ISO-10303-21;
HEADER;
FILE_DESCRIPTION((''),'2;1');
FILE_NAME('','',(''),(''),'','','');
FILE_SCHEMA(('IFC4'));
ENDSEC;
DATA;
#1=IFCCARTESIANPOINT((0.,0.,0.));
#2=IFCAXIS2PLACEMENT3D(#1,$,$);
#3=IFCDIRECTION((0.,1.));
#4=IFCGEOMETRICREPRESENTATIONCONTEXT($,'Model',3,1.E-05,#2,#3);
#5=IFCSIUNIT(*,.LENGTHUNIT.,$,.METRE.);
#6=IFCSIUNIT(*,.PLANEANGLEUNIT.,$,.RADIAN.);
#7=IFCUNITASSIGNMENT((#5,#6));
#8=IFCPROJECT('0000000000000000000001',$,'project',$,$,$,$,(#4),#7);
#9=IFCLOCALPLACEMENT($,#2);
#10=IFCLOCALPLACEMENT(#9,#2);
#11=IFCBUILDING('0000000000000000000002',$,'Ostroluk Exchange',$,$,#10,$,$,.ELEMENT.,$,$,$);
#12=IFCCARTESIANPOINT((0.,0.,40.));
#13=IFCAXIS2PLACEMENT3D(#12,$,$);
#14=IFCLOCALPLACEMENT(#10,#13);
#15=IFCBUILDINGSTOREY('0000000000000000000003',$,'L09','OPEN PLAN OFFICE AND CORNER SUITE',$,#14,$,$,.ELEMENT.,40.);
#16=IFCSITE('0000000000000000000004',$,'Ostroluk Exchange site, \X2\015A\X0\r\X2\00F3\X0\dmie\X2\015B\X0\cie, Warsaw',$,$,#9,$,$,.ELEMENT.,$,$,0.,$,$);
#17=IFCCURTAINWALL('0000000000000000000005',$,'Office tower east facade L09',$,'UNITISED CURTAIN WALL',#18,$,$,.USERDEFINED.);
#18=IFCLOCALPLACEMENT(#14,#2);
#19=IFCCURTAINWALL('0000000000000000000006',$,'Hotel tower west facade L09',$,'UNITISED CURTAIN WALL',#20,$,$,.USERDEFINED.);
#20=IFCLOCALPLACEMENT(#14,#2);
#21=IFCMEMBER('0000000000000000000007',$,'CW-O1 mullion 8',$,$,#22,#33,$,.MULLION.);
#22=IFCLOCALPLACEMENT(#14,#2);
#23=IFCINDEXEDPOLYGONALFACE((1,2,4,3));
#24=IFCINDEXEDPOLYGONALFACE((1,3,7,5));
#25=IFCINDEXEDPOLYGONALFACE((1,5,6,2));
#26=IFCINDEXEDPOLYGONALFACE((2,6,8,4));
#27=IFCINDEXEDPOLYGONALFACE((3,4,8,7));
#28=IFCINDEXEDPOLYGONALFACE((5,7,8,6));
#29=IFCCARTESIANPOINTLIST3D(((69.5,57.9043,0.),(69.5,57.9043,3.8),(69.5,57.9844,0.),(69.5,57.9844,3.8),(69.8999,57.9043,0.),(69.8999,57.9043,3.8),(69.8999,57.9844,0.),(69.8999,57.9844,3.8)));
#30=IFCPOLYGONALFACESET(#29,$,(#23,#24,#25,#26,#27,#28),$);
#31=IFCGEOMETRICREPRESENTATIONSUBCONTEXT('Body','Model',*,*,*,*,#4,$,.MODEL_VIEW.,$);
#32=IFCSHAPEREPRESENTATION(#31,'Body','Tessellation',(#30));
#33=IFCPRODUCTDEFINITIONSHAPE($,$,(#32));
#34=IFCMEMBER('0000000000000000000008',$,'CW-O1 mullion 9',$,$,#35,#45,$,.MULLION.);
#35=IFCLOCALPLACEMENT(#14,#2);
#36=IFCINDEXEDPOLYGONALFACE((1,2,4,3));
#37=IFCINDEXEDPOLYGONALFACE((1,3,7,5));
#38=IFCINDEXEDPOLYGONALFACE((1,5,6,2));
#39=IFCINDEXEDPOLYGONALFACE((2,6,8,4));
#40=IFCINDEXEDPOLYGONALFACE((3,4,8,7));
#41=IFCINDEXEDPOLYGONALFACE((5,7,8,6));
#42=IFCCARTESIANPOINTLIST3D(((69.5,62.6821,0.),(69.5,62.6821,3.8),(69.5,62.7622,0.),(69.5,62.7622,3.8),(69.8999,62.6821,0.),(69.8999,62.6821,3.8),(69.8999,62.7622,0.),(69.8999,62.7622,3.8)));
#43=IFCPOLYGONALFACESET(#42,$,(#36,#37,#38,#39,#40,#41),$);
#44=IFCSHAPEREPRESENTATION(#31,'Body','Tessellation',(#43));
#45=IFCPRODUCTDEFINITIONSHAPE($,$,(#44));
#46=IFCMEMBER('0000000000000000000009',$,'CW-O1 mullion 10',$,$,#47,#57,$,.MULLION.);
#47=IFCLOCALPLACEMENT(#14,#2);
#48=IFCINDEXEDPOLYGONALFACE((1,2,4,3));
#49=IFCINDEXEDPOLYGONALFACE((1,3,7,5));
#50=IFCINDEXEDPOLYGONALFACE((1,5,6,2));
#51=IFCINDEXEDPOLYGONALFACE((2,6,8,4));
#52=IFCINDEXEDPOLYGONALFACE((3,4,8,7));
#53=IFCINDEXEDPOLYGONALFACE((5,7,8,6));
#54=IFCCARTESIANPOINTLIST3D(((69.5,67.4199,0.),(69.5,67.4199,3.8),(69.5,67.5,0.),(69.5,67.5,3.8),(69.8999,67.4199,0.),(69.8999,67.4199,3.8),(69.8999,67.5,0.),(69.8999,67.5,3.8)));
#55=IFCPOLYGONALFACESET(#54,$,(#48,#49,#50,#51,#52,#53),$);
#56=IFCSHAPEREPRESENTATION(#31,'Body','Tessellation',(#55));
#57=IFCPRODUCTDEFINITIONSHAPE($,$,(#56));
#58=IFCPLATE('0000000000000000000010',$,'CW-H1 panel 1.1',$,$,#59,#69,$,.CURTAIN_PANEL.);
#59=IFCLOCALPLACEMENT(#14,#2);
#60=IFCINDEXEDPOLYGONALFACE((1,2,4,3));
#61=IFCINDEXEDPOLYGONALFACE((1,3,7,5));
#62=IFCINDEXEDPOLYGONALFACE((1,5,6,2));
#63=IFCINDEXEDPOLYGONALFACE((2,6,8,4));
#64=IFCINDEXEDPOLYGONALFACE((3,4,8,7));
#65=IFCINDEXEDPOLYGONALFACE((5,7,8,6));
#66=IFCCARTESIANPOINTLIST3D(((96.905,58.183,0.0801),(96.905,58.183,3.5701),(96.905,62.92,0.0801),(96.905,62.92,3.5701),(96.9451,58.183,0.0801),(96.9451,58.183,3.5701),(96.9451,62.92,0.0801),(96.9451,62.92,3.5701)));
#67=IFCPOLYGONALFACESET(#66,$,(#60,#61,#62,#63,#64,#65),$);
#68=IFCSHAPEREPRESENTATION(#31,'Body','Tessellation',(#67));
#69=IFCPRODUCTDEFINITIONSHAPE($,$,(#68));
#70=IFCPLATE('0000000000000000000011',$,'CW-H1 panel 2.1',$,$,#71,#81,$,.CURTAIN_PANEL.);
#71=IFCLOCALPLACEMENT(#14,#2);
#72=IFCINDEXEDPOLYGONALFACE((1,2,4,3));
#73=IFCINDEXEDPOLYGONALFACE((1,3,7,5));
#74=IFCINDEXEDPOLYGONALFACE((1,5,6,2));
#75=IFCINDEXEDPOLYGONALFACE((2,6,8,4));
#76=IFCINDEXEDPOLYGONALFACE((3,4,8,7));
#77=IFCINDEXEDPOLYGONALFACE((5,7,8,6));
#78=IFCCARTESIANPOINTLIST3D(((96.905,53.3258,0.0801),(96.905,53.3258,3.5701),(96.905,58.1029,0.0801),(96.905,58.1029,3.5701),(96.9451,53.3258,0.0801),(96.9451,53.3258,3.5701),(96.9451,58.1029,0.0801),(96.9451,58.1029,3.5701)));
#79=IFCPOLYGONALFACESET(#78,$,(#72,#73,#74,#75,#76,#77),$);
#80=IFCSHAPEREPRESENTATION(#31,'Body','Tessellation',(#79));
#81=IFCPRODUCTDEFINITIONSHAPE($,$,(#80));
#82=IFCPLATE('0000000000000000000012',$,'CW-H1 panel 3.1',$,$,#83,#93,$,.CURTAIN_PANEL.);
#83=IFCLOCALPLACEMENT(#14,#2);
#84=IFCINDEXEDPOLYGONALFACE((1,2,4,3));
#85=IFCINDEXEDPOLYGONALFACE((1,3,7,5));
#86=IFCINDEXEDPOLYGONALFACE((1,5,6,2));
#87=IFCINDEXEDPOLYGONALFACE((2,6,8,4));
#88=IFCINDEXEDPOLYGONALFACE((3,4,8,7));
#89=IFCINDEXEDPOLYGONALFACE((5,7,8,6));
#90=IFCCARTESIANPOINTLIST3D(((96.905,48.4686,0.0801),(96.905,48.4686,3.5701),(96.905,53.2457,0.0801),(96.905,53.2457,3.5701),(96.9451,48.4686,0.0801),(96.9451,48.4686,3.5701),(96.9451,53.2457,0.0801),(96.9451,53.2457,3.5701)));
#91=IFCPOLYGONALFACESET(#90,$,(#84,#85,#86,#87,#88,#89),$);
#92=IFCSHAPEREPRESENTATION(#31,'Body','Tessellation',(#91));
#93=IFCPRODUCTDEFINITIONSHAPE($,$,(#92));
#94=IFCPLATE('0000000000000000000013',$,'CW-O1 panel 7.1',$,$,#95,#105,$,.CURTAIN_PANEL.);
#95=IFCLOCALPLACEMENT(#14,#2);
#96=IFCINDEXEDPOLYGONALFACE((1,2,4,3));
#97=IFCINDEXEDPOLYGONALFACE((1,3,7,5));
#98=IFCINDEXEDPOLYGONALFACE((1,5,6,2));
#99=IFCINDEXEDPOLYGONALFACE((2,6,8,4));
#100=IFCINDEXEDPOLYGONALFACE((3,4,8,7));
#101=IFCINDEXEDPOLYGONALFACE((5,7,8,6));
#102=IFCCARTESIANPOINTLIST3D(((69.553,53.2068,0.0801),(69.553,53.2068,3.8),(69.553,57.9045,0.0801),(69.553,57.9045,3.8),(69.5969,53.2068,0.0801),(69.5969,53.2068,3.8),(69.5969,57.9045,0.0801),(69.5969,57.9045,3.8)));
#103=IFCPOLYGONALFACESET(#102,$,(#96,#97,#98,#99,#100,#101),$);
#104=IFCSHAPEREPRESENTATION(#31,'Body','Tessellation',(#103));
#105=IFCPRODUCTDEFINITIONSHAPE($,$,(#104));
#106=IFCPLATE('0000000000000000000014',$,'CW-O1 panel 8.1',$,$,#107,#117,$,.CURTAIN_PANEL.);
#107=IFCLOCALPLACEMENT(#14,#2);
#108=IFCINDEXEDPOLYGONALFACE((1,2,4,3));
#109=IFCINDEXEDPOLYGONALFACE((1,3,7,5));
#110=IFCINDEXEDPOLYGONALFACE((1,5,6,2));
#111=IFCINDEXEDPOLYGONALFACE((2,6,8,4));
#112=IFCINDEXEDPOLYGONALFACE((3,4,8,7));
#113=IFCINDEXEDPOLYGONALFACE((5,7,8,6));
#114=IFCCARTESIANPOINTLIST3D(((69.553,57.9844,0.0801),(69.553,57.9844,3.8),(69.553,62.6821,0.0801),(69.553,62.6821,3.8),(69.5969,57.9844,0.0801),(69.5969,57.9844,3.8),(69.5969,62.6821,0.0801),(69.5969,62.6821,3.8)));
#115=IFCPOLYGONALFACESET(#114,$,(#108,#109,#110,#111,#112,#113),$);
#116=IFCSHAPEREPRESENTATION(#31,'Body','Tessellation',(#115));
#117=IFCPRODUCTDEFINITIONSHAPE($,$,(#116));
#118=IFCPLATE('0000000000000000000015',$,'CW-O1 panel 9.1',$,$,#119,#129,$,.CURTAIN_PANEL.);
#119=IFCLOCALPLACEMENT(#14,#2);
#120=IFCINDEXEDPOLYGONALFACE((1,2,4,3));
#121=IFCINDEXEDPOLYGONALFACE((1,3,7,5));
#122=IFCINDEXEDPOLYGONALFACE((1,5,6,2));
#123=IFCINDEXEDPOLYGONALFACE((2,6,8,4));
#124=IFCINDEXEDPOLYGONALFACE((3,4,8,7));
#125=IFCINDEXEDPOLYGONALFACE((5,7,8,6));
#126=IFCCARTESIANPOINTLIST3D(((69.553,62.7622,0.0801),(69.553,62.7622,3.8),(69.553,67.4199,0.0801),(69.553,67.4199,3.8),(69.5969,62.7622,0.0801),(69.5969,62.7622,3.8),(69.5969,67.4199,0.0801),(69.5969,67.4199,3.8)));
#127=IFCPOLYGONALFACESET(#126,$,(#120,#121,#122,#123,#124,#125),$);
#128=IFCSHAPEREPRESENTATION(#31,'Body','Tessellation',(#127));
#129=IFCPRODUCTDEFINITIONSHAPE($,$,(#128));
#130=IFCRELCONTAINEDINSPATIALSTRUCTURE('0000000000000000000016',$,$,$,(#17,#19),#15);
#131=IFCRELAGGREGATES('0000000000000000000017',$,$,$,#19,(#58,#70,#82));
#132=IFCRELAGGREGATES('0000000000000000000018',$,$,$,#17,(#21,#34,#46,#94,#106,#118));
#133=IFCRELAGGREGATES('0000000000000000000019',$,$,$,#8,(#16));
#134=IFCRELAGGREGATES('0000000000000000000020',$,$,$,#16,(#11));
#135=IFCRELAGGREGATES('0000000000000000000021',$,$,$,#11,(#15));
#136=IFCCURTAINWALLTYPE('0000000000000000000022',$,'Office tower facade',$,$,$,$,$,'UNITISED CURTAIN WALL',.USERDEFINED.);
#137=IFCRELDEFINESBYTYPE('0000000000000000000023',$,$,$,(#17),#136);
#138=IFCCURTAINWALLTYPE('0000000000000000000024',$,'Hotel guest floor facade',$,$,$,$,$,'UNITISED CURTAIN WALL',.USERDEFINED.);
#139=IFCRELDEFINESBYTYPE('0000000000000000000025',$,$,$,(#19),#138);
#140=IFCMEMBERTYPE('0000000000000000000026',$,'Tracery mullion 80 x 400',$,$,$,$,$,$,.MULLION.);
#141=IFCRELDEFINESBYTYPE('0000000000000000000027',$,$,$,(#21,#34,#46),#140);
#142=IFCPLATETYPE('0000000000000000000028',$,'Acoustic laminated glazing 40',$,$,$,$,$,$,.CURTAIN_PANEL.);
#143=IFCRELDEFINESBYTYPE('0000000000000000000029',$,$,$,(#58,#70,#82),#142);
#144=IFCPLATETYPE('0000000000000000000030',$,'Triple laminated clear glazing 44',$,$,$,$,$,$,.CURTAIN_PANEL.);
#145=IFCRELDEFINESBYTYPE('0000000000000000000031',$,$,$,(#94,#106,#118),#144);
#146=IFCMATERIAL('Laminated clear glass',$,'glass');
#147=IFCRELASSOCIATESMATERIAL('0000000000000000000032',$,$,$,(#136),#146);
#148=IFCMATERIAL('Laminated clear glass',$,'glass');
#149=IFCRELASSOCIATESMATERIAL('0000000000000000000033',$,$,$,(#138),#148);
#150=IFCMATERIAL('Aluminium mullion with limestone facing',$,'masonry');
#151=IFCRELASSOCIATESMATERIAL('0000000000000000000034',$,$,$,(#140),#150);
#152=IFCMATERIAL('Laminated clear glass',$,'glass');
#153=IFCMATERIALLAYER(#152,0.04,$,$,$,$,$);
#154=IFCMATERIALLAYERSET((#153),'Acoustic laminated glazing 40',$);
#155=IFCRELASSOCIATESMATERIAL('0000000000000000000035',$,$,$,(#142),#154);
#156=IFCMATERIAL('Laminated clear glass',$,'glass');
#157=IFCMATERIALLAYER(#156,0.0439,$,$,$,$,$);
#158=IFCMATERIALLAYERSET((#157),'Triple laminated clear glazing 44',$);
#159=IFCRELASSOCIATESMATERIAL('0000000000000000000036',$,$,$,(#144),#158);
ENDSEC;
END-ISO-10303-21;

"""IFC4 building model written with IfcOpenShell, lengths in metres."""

from ifc_helpers import new_model, si_unit, direction, frame, origin, origin_2d, place, context, subcontext, project, spatial, rectangle, extrude, material, layer, layer_set, material_profile, profile_set, type_object, element, aggregate, save


model = new_model("IFC4")

# Units and contexts
model_context = context("Model", 3, precision=1e-05, world=origin(), true_north=direction((0.0, 1.0)))
body_context = subcontext(model_context, "Body", "Model", "MODEL_VIEW")
ifc_project = project(units=[si_unit("LENGTHUNIT", "METRE"), si_unit("PLANEANGLEUNIT", "RADIAN")], contexts=[model_context])

# Site, building, storey
site_placement = place(None, origin())
site = spatial("IfcSite", under=ifc_project, at=site_placement, Name="Ostroluk Exchange site, Śródmieście, Warsaw", CompositionType="ELEMENT", RefElevation=0.0)
building_placement = place(site_placement, origin())
building = spatial("IfcBuilding", under=site, at=building_placement, Name="Ostroluk Exchange", CompositionType="ELEMENT")
storey_placement = place(building_placement, frame((0.0, 0.0, 40.0)))
storey = spatial("IfcBuildingStorey", under=building, at=storey_placement, Name="L09", Description="OPEN PLAN OFFICE AND CORNER SUITE", CompositionType="ELEMENT", Elevation=40.0)

# Curtain walls
ifc_material_1 = material(Name="Laminated clear glass", Category="glass")
curtain_wall_type_1 = type_object("IfcCurtainWallType", Name="Office tower facade", ElementType="UNITISED CURTAIN WALL", PredefinedType="USERDEFINED", material=ifc_material_1)
curtain_wall_1_placement = place(storey_placement, origin())
curtain_wall_1 = element("IfcCurtainWall", 1, at=curtain_wall_1_placement, inside=storey, type_object=curtain_wall_type_1, Name="Office tower east facade L09", ObjectType="UNITISED CURTAIN WALL", PredefinedType="USERDEFINED")
ifc_material_2 = material(Name="Laminated clear glass", Category="glass")
curtain_wall_type_2 = type_object("IfcCurtainWallType", Name="Hotel guest floor facade", ElementType="UNITISED CURTAIN WALL", PredefinedType="USERDEFINED", material=ifc_material_2)
curtain_wall_2_placement = place(storey_placement, origin())
curtain_wall_2 = element("IfcCurtainWall", 2, at=curtain_wall_2_placement, inside=storey, type_object=curtain_wall_type_2, Name="Hotel tower west facade L09", ObjectType="UNITISED CURTAIN WALL", PredefinedType="USERDEFINED")

# Members
ifc_material_3 = material(Name="Aluminium mullion with limestone facing", Category="masonry")
ifc_material_profile_1 = material_profile(ifc_material_3, rectangle(XDim=0.3999, YDim=0.0801, at=origin_2d()), Name="Tracery mullion 80 x 400")
ifc_profile_set_1 = profile_set([ifc_material_profile_1], Name="Aluminium mullion with limestone facing")
member_type_1 = type_object("IfcMemberType", Name="Tracery mullion 80 x 400", PredefinedType="MULLION", material=ifc_profile_set_1)
member_1_placement = place(storey_placement, frame((69.7, 57.9443, 0.0), z_axis=(0.0, 0.0, 1.0), x_axis=(-1.0, 0.0, 0.0)))
member_1 = element("IfcMember", 3, at=member_1_placement, type_object=member_type_1, Name="CW-O1 mullion 8", PredefinedType="MULLION", context=body_context, shape_type="SweptSolid", body=[
    extrude(rectangle(XDim=0.3999, YDim=0.0801, at=origin_2d()), origin(), (0.0, 0.0, 1.0), 3.8),
])
member_2_placement = place(storey_placement, frame((69.7, 62.7222, 0.0), z_axis=(0.0, 0.0, 1.0), x_axis=(-1.0, 0.0, 0.0)))
member_2 = element("IfcMember", 4, at=member_2_placement, type_object=member_type_1, Name="CW-O1 mullion 9", PredefinedType="MULLION", context=body_context, shape_type="SweptSolid", body=[
    extrude(rectangle(XDim=0.3999, YDim=0.0801, at=origin_2d()), origin(), (0.0, 0.0, 1.0), 3.8),
])
member_3_placement = place(storey_placement, frame((69.7, 67.46, 0.0), z_axis=(0.0, 0.0, 1.0), x_axis=(-1.0, 0.0, 0.0)))
member_3 = element("IfcMember", 5, at=member_3_placement, type_object=member_type_1, Name="CW-O1 mullion 10", PredefinedType="MULLION", context=body_context, shape_type="SweptSolid", body=[
    extrude(rectangle(XDim=0.3999, YDim=0.0801, at=origin_2d()), origin(), (0.0, 0.0, 1.0), 3.8),
])

# Plates
ifc_material_4 = material(Name="Laminated clear glass", Category="glass")
ifc_layer_1 = layer(ifc_material_4, 0.04)
ifc_layer_set_1 = layer_set([ifc_layer_1], Name="Acoustic laminated glazing 40")
plate_type_1 = type_object("IfcPlateType", Name="Acoustic laminated glazing 40", PredefinedType="CURTAIN_PANEL", material=ifc_layer_set_1)
plate_1_placement = place(storey_placement, frame((96.925, 60.5515, 0.0801), z_axis=(0.0, 0.0, 1.0), x_axis=(0.0, -1.0, 0.0)))
plate_1 = element("IfcPlate", 6, at=plate_1_placement, type_object=plate_type_1, Name="CW-H1 panel 1.1", PredefinedType="CURTAIN_PANEL", context=body_context, shape_type="SweptSolid", body=[
    extrude(rectangle(XDim=4.7371, YDim=0.04, at=origin_2d()), origin(), (0.0, 0.0, 1.0), 3.49),
])
plate_2_placement = place(storey_placement, frame((96.925, 55.7144, 0.0801), z_axis=(0.0, 0.0, 1.0), x_axis=(0.0, -1.0, 0.0)))
plate_2 = element("IfcPlate", 7, at=plate_2_placement, type_object=plate_type_1, Name="CW-H1 panel 2.1", PredefinedType="CURTAIN_PANEL", context=body_context, shape_type="SweptSolid", body=[
    extrude(rectangle(XDim=4.7771, YDim=0.04, at=origin_2d()), origin(), (0.0, 0.0, 1.0), 3.49),
])
plate_3_placement = place(storey_placement, frame((96.925, 50.8572, 0.0801), z_axis=(0.0, 0.0, 1.0), x_axis=(0.0, -1.0, 0.0)))
plate_3 = element("IfcPlate", 8, at=plate_3_placement, type_object=plate_type_1, Name="CW-H1 panel 3.1", PredefinedType="CURTAIN_PANEL", context=body_context, shape_type="SweptSolid", body=[
    extrude(rectangle(XDim=4.7771, YDim=0.04, at=origin_2d()), origin(), (0.0, 0.0, 1.0), 3.49),
])
aggregate(curtain_wall_2, [plate_1, plate_2, plate_3])
ifc_material_5 = material(Name="Laminated clear glass", Category="glass")
ifc_layer_2 = layer(ifc_material_5, 0.0439)
ifc_layer_set_2 = layer_set([ifc_layer_2], Name="Triple laminated clear glazing 44")
plate_type_2 = type_object("IfcPlateType", Name="Triple laminated clear glazing 44", PredefinedType="CURTAIN_PANEL", material=ifc_layer_set_2)
plate_4_placement = place(storey_placement, frame((69.575, 55.5557, 0.0801), z_axis=(0.0, 0.0, 1.0), x_axis=(0.0, 1.0, 0.0)))
plate_4 = element("IfcPlate", 9, at=plate_4_placement, type_object=plate_type_2, Name="CW-O1 panel 7.1", PredefinedType="CURTAIN_PANEL", context=body_context, shape_type="SweptSolid", body=[
    extrude(rectangle(XDim=4.6978, YDim=0.0439, at=origin_2d()), origin(), (0.0, 0.0, 1.0), 3.72),
])
plate_5_placement = place(storey_placement, frame((69.575, 60.3333, 0.0801), z_axis=(0.0, 0.0, 1.0), x_axis=(0.0, 1.0, 0.0)))
plate_5 = element("IfcPlate", 10, at=plate_5_placement, type_object=plate_type_2, Name="CW-O1 panel 8.1", PredefinedType="CURTAIN_PANEL", context=body_context, shape_type="SweptSolid", body=[
    extrude(rectangle(XDim=4.6978, YDim=0.0439, at=origin_2d()), origin(), (0.0, 0.0, 1.0), 3.72),
])
plate_6_placement = place(storey_placement, frame((69.575, 65.0911, 0.0801), z_axis=(0.0, 0.0, 1.0), x_axis=(0.0, 1.0, 0.0)))
plate_6 = element("IfcPlate", 11, at=plate_6_placement, type_object=plate_type_2, Name="CW-O1 panel 9.1", PredefinedType="CURTAIN_PANEL", context=body_context, shape_type="SweptSolid", body=[
    extrude(rectangle(XDim=4.6577, YDim=0.0439, at=origin_2d()), origin(), (0.0, 0.0, 1.0), 3.72),
])
aggregate(curtain_wall_1, [member_1, member_2, member_3, plate_4, plate_5, plate_6])

save(model, "model.ifc")
